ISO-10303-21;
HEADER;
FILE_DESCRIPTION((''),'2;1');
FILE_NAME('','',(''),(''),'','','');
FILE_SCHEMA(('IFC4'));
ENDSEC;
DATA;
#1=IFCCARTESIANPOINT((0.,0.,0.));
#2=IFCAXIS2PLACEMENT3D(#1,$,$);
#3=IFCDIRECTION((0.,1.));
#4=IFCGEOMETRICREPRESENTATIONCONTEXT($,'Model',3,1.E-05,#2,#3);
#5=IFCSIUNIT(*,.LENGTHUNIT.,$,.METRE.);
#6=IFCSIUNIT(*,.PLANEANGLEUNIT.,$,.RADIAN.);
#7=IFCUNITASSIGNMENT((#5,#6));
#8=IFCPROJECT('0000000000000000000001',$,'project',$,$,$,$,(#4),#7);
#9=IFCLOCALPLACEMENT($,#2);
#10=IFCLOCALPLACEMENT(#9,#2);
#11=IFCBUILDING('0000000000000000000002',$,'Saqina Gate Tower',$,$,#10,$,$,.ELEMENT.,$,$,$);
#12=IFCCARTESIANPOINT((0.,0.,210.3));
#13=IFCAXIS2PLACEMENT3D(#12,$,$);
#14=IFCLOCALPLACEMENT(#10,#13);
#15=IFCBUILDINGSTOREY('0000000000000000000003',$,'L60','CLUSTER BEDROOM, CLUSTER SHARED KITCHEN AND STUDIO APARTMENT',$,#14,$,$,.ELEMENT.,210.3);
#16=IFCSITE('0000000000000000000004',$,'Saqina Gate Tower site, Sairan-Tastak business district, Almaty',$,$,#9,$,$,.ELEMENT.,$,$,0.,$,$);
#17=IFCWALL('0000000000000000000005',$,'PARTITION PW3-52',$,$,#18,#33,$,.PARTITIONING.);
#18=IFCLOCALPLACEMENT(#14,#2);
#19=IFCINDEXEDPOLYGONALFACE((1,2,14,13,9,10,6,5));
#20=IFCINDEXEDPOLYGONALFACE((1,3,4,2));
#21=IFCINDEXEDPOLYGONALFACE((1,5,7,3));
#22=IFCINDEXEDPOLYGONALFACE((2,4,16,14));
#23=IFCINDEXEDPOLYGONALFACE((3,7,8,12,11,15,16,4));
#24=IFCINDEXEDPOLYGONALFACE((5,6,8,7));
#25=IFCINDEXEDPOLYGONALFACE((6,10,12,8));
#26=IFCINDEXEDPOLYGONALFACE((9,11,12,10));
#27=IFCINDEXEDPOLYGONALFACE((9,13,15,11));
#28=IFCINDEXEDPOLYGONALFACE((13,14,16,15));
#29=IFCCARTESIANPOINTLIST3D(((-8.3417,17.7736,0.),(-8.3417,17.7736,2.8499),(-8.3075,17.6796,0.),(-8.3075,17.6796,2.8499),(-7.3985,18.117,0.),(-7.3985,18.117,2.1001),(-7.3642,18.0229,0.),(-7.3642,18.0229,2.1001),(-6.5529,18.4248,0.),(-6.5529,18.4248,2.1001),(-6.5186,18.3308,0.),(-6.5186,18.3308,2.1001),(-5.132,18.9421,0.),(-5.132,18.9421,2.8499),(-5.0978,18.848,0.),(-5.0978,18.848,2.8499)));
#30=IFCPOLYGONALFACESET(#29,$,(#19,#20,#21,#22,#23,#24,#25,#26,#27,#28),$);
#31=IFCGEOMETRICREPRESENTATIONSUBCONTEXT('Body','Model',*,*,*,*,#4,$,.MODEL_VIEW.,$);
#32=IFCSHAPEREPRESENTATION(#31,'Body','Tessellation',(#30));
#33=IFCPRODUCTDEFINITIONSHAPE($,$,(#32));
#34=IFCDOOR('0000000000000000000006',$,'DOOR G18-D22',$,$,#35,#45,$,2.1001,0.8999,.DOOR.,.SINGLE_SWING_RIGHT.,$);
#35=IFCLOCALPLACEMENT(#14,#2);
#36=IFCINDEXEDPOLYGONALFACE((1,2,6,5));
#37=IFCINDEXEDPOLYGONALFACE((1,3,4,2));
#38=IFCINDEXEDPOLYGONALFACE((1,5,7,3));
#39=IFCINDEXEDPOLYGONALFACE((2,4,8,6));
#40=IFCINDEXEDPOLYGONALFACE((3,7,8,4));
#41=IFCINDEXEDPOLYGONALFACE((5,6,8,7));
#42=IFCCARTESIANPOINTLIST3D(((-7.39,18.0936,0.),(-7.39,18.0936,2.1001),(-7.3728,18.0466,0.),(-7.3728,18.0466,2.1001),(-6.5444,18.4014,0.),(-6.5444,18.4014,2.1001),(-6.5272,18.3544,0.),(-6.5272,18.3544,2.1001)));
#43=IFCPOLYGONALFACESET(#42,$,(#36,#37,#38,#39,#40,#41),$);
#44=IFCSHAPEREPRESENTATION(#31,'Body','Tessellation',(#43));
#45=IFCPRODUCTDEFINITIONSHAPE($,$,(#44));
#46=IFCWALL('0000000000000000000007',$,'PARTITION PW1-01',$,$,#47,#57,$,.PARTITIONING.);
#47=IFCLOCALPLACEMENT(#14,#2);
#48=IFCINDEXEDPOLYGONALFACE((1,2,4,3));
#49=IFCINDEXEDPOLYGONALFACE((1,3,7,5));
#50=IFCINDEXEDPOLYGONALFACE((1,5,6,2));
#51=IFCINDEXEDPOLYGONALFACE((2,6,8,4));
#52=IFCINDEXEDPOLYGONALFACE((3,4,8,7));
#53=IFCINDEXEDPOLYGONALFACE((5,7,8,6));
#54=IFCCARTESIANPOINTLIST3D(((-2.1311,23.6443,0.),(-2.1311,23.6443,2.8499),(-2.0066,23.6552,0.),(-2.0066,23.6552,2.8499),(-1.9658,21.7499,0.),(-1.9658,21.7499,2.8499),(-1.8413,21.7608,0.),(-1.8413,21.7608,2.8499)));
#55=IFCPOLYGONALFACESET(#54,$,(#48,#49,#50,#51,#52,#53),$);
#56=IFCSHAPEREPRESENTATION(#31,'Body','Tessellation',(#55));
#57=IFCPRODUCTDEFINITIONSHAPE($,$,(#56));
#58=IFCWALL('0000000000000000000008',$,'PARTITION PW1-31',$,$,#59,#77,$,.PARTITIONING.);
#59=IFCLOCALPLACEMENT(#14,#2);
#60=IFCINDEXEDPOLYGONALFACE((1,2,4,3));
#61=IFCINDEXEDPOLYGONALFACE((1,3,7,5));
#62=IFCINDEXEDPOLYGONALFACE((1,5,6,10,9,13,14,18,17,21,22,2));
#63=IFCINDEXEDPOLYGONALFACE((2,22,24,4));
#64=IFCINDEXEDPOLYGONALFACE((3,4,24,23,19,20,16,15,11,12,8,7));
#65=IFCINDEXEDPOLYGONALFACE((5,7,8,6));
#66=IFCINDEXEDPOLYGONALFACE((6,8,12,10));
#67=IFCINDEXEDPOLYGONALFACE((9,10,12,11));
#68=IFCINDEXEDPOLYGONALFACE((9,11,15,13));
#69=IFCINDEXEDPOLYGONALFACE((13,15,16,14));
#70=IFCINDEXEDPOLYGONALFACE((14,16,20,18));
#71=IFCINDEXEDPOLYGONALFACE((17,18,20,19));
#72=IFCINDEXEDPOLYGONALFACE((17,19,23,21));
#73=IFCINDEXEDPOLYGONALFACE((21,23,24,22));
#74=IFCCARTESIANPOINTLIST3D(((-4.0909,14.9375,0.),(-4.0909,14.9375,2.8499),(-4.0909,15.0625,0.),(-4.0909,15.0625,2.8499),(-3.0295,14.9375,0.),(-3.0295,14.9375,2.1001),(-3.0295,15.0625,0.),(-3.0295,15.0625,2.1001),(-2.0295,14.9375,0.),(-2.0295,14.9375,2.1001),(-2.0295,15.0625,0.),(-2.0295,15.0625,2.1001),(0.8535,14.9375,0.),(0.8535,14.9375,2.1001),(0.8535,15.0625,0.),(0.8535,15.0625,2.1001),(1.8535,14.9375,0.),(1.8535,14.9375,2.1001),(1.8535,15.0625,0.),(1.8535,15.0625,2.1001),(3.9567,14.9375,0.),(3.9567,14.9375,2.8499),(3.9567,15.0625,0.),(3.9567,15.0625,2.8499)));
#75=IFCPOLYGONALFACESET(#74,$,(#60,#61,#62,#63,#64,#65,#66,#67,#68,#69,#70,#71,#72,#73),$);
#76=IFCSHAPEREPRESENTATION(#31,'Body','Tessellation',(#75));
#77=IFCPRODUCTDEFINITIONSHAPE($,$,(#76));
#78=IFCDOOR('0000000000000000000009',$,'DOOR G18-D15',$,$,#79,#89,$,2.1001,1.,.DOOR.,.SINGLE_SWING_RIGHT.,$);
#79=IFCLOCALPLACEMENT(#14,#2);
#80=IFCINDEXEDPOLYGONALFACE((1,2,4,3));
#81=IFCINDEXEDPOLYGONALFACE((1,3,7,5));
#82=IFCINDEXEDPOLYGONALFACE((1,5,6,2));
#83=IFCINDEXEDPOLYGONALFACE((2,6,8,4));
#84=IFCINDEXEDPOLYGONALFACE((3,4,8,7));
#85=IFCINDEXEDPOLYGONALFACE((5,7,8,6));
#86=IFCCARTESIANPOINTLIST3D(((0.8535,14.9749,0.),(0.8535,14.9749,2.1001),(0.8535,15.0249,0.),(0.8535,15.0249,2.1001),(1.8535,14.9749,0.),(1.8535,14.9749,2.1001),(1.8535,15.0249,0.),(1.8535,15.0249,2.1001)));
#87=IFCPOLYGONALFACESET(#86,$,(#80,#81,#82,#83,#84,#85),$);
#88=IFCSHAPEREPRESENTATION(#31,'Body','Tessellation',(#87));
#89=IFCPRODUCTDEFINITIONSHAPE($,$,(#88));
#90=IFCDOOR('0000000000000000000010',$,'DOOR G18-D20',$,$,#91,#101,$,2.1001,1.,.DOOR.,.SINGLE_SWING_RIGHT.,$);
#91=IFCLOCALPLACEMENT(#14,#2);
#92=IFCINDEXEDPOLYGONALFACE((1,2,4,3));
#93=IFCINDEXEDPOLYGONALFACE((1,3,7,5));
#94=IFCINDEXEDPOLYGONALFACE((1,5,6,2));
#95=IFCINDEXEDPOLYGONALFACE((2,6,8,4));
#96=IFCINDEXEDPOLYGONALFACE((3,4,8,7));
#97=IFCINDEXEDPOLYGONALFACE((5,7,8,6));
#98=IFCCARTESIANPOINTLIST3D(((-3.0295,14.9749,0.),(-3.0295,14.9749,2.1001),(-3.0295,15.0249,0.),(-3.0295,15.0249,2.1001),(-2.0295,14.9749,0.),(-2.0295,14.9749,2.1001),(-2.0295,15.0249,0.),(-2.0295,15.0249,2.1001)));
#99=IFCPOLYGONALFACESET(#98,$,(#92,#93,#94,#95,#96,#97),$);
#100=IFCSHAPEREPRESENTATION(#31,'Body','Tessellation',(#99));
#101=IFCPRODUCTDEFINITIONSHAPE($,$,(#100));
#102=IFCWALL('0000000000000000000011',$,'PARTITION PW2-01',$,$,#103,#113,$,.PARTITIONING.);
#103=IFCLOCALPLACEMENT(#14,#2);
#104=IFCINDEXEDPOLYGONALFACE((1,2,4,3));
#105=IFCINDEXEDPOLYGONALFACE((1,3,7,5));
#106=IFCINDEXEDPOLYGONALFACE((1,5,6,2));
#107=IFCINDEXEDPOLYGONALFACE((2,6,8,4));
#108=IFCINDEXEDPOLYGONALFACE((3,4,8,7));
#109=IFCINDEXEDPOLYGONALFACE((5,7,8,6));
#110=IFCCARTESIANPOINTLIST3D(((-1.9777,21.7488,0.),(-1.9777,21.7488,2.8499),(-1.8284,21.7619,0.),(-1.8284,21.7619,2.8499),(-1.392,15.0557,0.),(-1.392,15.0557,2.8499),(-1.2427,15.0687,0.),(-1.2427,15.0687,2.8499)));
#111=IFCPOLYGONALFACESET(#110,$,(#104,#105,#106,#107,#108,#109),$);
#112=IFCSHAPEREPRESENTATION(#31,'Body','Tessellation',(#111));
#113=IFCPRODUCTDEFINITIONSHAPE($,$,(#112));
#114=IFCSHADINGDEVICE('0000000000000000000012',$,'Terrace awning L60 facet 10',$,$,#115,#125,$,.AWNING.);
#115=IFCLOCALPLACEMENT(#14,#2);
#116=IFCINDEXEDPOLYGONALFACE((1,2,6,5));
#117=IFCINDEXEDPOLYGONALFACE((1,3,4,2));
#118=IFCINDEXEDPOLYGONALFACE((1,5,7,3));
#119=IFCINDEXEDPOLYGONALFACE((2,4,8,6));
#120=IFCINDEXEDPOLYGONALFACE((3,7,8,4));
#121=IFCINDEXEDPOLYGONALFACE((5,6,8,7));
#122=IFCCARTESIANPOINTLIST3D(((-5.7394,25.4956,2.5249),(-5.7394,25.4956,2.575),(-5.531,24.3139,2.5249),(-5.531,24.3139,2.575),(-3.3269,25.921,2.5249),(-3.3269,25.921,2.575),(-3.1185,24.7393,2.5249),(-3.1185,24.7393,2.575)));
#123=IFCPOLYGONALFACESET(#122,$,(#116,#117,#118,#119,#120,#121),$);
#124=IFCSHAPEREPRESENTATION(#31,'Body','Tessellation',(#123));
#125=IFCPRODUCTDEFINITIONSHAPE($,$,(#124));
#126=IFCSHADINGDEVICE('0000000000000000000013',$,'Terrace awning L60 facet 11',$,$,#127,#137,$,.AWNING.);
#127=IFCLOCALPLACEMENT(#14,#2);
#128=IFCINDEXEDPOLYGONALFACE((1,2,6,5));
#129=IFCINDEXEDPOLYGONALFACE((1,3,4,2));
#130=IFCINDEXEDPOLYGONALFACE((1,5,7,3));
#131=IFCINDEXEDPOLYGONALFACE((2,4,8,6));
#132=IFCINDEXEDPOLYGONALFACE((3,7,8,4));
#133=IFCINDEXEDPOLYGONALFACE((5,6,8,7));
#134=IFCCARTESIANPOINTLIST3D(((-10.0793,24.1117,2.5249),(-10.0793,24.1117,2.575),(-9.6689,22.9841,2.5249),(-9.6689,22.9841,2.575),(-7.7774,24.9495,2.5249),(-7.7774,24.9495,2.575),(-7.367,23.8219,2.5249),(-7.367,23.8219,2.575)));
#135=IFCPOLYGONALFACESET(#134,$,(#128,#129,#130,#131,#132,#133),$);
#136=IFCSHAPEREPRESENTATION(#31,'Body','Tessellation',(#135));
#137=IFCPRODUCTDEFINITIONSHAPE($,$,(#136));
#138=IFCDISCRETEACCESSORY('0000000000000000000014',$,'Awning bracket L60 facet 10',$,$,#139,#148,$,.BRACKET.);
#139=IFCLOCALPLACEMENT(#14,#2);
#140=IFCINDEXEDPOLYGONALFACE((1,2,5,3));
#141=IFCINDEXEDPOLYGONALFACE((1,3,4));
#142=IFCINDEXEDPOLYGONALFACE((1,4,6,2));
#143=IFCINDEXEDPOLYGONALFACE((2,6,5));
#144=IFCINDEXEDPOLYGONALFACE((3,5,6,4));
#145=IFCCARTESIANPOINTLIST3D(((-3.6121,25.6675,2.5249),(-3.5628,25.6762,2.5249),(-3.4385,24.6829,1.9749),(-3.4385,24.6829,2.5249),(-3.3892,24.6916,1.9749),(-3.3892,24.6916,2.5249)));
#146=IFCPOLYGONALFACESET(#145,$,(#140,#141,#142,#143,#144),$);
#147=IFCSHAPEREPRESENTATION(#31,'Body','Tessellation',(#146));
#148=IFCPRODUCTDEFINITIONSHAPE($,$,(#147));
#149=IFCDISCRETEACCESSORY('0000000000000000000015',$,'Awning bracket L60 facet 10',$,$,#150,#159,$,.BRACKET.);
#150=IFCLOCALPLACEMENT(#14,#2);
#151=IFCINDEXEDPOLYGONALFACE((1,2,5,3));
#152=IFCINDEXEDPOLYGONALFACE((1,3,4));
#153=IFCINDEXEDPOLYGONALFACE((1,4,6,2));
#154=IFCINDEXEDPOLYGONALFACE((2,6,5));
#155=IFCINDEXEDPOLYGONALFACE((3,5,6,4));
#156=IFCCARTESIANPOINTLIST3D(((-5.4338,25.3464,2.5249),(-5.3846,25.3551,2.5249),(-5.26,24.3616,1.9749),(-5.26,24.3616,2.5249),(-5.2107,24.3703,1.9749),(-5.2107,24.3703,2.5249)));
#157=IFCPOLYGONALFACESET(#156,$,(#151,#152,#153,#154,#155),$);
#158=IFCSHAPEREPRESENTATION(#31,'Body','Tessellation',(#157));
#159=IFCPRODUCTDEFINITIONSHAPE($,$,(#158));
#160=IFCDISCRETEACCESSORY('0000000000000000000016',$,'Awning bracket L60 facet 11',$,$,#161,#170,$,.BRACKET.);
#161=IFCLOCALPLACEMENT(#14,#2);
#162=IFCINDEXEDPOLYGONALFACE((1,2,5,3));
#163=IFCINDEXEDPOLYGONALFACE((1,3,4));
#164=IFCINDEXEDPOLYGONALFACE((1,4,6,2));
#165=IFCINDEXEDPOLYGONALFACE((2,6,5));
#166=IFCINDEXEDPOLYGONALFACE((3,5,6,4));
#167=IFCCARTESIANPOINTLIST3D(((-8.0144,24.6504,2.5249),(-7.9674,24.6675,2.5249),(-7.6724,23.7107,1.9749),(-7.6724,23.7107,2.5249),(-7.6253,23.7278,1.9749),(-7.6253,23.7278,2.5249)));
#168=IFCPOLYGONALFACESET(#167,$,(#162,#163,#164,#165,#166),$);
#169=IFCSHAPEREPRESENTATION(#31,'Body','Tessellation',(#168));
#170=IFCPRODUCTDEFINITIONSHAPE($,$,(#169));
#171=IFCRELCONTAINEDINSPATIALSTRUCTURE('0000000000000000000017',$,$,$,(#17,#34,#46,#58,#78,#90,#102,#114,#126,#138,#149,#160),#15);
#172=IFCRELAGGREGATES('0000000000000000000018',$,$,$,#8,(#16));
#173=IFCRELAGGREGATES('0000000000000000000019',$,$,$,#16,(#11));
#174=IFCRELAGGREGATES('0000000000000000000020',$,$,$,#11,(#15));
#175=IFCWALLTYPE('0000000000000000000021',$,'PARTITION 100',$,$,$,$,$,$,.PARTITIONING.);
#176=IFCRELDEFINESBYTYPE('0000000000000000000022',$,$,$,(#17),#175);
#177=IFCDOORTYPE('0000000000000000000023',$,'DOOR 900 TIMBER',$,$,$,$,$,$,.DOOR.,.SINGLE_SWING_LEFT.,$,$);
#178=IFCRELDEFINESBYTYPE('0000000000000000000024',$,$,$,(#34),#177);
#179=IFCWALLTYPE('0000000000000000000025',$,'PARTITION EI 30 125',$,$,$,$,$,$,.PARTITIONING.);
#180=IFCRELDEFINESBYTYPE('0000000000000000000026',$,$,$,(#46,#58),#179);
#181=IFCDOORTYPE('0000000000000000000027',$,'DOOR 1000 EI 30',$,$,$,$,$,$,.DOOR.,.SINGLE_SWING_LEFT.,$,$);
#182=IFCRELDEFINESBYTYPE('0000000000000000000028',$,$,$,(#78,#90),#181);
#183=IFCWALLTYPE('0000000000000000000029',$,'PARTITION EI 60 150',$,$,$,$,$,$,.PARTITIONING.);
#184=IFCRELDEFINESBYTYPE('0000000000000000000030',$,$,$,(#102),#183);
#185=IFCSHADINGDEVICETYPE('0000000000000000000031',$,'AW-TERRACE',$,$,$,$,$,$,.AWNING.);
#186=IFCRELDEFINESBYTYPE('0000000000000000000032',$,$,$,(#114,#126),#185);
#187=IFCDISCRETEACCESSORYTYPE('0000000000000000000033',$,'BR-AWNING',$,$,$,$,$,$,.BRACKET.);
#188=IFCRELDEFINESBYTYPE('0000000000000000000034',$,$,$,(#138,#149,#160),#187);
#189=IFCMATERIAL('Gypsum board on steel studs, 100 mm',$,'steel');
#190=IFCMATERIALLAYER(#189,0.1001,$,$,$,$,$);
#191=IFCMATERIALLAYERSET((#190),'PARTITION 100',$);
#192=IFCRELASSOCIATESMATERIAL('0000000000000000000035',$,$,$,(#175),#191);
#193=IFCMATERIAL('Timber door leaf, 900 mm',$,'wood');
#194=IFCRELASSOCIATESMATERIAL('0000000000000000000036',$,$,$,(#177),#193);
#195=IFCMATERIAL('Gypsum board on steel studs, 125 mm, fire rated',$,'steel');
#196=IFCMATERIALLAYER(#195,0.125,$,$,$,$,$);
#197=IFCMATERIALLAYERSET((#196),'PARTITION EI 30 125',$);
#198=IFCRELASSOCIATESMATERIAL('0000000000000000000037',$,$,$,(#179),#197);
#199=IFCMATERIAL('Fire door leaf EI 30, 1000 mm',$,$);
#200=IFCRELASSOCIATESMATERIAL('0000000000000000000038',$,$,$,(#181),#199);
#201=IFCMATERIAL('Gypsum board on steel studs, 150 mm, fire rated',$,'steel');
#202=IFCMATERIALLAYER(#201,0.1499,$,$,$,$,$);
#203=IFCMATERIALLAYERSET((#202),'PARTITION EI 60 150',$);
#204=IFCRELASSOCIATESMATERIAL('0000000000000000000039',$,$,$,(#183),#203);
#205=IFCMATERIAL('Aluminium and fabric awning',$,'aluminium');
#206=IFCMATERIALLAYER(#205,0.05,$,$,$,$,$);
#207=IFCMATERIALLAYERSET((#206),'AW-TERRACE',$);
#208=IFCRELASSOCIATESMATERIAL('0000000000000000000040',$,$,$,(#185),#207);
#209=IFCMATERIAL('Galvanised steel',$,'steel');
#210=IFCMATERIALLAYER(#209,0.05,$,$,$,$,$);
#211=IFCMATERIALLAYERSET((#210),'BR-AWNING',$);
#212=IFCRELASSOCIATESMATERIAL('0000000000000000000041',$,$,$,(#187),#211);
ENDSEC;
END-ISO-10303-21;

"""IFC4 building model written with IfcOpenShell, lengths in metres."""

from ifc_helpers import new_model, si_unit, direction, frame, frame_2d, origin, origin_2d, place, context, subcontext, project, spatial, polyline, rectangle, outline, extrude, material, layer, layer_set, type_object, element, fill, save


model = new_model("IFC4")

# Units and contexts
model_context = context("Model", 3, precision=1e-05, world=origin(), true_north=direction((0.0, 1.0)))
body_context = subcontext(model_context, "Body", "Model", "MODEL_VIEW")
ifc_project = project(units=[si_unit("LENGTHUNIT", "METRE"), si_unit("PLANEANGLEUNIT", "RADIAN")], contexts=[model_context])

# Site, building, storey
site_placement = place(None, origin())
site = spatial("IfcSite", under=ifc_project, at=site_placement, Name="Saqina Gate Tower site, Sairan-Tastak business district, Almaty", CompositionType="ELEMENT", RefElevation=0.0)
building_placement = place(site_placement, origin())
building = spatial("IfcBuilding", under=site, at=building_placement, Name="Saqina Gate Tower", CompositionType="ELEMENT")
storey_placement = place(building_placement, frame((0.0, 0.0, 210.3)))
storey = spatial("IfcBuildingStorey", under=building, at=storey_placement, Name="L60", Description="CLUSTER BEDROOM, CLUSTER SHARED KITCHEN AND STUDIO APARTMENT", CompositionType="ELEMENT", Elevation=210.3)

# Shared definitions
ifc_material_1 = material(Name="Gypsum board on steel studs, 100 mm", Category="steel")
ifc_layer_1 = layer(ifc_material_1, 0.1001)
ifc_layer_set_1 = layer_set([ifc_layer_1], Name="PARTITION 100")
wall_type_1 = type_object("IfcWallType", Name="PARTITION 100", PredefinedType="PARTITIONING", material=ifc_layer_set_1)

# Wall, opening, door
wall_1_placement = place(storey_placement, frame((-8.3247, 17.7266, 0.0), z_axis=(0.0, 0.0, 1.0), x_axis=(0.939672, 0.342076, 0.0)))
wall_1 = element("IfcWall", 1, at=wall_1_placement, inside=storey, type_object=wall_type_1, Name="PARTITION PW3-52", PredefinedType="PARTITIONING", context=body_context, shape_type="SweptSolid", body=[
    extrude(rectangle(XDim=3.4158, YDim=0.1001, at=frame_2d((1.708, 0.0))), origin(), (0.0, 0.0, 1.0), 2.8499),
])
opening_1_placement = place(wall_1_placement, frame((1.0039, 0.0, 0.0)))
opening_1 = element("IfcOpeningElement", 2, at=opening_1_placement, cuts=wall_1, PredefinedType="OPENING", context=body_context, shape_type="SweptSolid", body=[
    extrude(rectangle(XDim=0.8999, YDim=2.1001, at=frame_2d((0.45, 1.05))), frame((0.0, 0.062, 0.0), z_axis=(0.0, -1.0, 0.0), x_axis=(1.0, 0.0, 0.0)), (0.0, 0.0, 1.0), 0.124),
])
ifc_material_2 = material(Name="Timber door leaf, 900 mm", Category="wood")
door_type_1 = type_object("IfcDoorType", Name="DOOR 900 TIMBER", OperationType="SINGLE_SWING_LEFT", PredefinedType="DOOR", material=ifc_material_2)
door_1_placement = place(opening_1_placement, frame((0.8999, 0.0, 0.0), z_axis=(0.0, 0.0, 1.0), x_axis=(-1.0, 0.0, 0.0)))
door_1 = element("IfcDoor", 3, at=door_1_placement, inside=storey, type_object=door_type_1, Name="DOOR G18-D22", OperationType="SINGLE_SWING_RIGHT", OverallHeight=2.1001, OverallWidth=0.8999, PredefinedType="DOOR", context=body_context, shape_type="SweptSolid", body=[
    extrude(rectangle(XDim=0.8999, YDim=2.1001, at=frame_2d((0.45, 1.05))), frame((0.0, 0.0249, 0.0), z_axis=(0.0, -1.0, 0.0), x_axis=(1.0, 0.0, 0.0)), (0.0, 0.0, 1.0), 0.05),
])
fill(opening_1, door_1)

# Wall
ifc_material_3 = material(Name="Gypsum board on steel studs, 125 mm, fire rated", Category="steel")
ifc_layer_2 = layer(ifc_material_3, 0.125)
ifc_layer_set_2 = layer_set([ifc_layer_2], Name="PARTITION EI 30 125")
wall_type_2 = type_object("IfcWallType", Name="PARTITION EI 30 125", PredefinedType="PARTITIONING", material=ifc_layer_set_2)
wall_2_placement = place(storey_placement, frame((-2.0688, 23.6497, 0.0), z_axis=(0.0, 0.0, 1.0), x_axis=(0.086912, -0.996216, 0.0)))
element("IfcWall", 4, at=wall_2_placement, inside=storey, type_object=wall_type_2, Name="PARTITION PW1-01", PredefinedType="PARTITIONING", context=body_context, shape_type="SweptSolid", body=[
    extrude(rectangle(XDim=1.9016, YDim=0.125, at=frame_2d((0.9507, 0.0))), origin(), (0.0, 0.0, 1.0), 2.8499),
])

# Wall, openings, doors
wall_3_placement = place(storey_placement, frame((-4.0911, 15.0, 0.0), z_axis=(0.0, 0.0, 1.0), x_axis=(1.0, 0.0, 0.0)))
wall_3 = element("IfcWall", 5, at=wall_3_placement, inside=storey, type_object=wall_type_2, Name="PARTITION PW1-31", PredefinedType="PARTITIONING", context=body_context, shape_type="SweptSolid", body=[
    extrude(rectangle(XDim=8.0476, YDim=0.125, at=frame_2d((4.0239, 0.0))), origin(), (0.0, 0.0, 1.0), 2.8499),
])
opening_2_placement = place(wall_3_placement, frame((4.9446, 0.0, 0.0)))
opening_2 = element("IfcOpeningElement", 6, at=opening_2_placement, cuts=wall_3, PredefinedType="OPENING", context=body_context, shape_type="SweptSolid", body=[
    extrude(rectangle(XDim=1.0, YDim=2.1001, at=frame_2d((0.5, 1.05))), frame((0.0, 0.0745, 0.0), z_axis=(0.0, -1.0, 0.0), x_axis=(1.0, 0.0, 0.0)), (0.0, 0.0, 1.0), 0.1489),
])
opening_3_placement = place(wall_3_placement, frame((1.0615, 0.0, 0.0)))
opening_3 = element("IfcOpeningElement", 7, at=opening_3_placement, cuts=wall_3, PredefinedType="OPENING", context=body_context, shape_type="SweptSolid", body=[
    extrude(rectangle(XDim=1.0, YDim=2.1001, at=frame_2d((0.5, 1.05))), frame((0.0, 0.0745, 0.0), z_axis=(0.0, -1.0, 0.0), x_axis=(1.0, 0.0, 0.0)), (0.0, 0.0, 1.0), 0.1489),
])
ifc_material_4 = material(Name="Fire door leaf EI 30, 1000 mm")
door_type_2 = type_object("IfcDoorType", Name="DOOR 1000 EI 30", OperationType="SINGLE_SWING_LEFT", PredefinedType="DOOR", material=ifc_material_4)
door_2_placement = place(opening_2_placement, origin())
door_2 = element("IfcDoor", 8, at=door_2_placement, inside=storey, type_object=door_type_2, Name="DOOR G18-D15", OperationType="SINGLE_SWING_RIGHT", OverallHeight=2.1001, OverallWidth=1.0, PredefinedType="DOOR", context=body_context, shape_type="SweptSolid", body=[
    extrude(rectangle(XDim=1.0, YDim=2.1001, at=frame_2d((0.5, 1.05))), frame((0.0, 0.0249, 0.0), z_axis=(0.0, -1.0, 0.0), x_axis=(1.0, 0.0, 0.0)), (0.0, 0.0, 1.0), 0.05),
])
fill(opening_2, door_2)
door_3_placement = place(opening_3_placement, origin())
door_3 = element("IfcDoor", 9, at=door_3_placement, inside=storey, type_object=door_type_2, Name="DOOR G18-D20", OperationType="SINGLE_SWING_RIGHT", OverallHeight=2.1001, OverallWidth=1.0, PredefinedType="DOOR", context=body_context, shape_type="SweptSolid", body=[
    extrude(rectangle(XDim=1.0, YDim=2.1001, at=frame_2d((0.5, 1.05))), frame((0.0, 0.0249, 0.0), z_axis=(0.0, -1.0, 0.0), x_axis=(1.0, 0.0, 0.0)), (0.0, 0.0, 1.0), 0.05),
])
fill(opening_3, door_3)

# Wall
ifc_material_5 = material(Name="Gypsum board on steel studs, 150 mm, fire rated", Category="steel")
ifc_layer_3 = layer(ifc_material_5, 0.1499)
ifc_layer_set_3 = layer_set([ifc_layer_3], Name="PARTITION EI 60 150")
wall_type_3 = type_object("IfcWallType", Name="PARTITION EI 60 150", PredefinedType="PARTITIONING", material=ifc_layer_set_3)
wall_4_placement = place(storey_placement, frame((-1.9031, 21.7554, 0.0), z_axis=(0.0, 0.0, 1.0), x_axis=(0.087174, -0.996193, 0.0)))
element("IfcWall", 10, at=wall_4_placement, inside=storey, type_object=wall_type_3, Name="PARTITION PW2-01", PredefinedType="PARTITIONING", context=body_context, shape_type="SweptSolid", body=[
    extrude(rectangle(XDim=6.7188, YDim=0.1499, at=frame_2d((3.3594, 0.0))), origin(), (0.0, 0.0, 1.0), 2.8499),
])

# Shading devices
ifc_material_6 = material(Name="Aluminium and fabric awning", Category="aluminium")
ifc_layer_4 = layer(ifc_material_6, 0.05)
ifc_layer_set_4 = layer_set([ifc_layer_4], Name="AW-TERRACE")
shading_device_type = type_object("IfcShadingDeviceType", Name="AW-TERRACE", PredefinedType="AWNING", material=ifc_layer_set_4)
for number, where, z_axis, x_axis, name in (
    (11, (-4.429, 25.1174, 2.5249), (0.0, 0.0, 1.0), (-0.984808, -0.173648, 0.0), "Terrace awning L60 facet 10"),
    (12, (-8.7231, 23.9668, 2.5249), (0.0, 0.0, 1.0), (-0.939693, -0.34202, 0.0), "Terrace awning L60 facet 11"),
):
    element("IfcShadingDevice", number, at=place(storey_placement, frame(where, z_axis=z_axis, x_axis=x_axis)), inside=storey, type_object=shading_device_type, Name=name, PredefinedType="AWNING", context=body_context, shape_type="SweptSolid", body=[
        extrude(rectangle(XDim=2.4497, YDim=1.2, at=origin_2d()), origin(), (0.0, 0.0, 1.0), 0.05),
    ])

# Discrete accessories
ifc_material_7 = material(Name="Galvanised steel", Category="steel")
ifc_layer_5 = layer(ifc_material_7, 0.05)
ifc_layer_set_5 = layer_set([ifc_layer_5], Name="BR-AWNING")
discrete_accessory_type_1 = type_object("IfcDiscreteAccessoryType", Name="BR-AWNING", PredefinedType="BRACKET", material=ifc_layer_set_5)
discrete_accessory_1_placement = place(storey_placement, frame((-3.4385, 24.6829, 1.9749), z_axis=(-0.984813, -0.173618, 0.0), x_axis=(0.0, 0.0, 1.0)))
element("IfcDiscreteAccessory", 13, at=discrete_accessory_1_placement, inside=storey, type_object=discrete_accessory_type_1, Name="Awning bracket L60 facet 10", PredefinedType="BRACKET", context=body_context, shape_type="SweptSolid", body=[
    extrude(outline(polyline([(0.0, 0.0), (0.55, 0.0), (0.55, 0.9998), (0.0, 0.0)])), origin(), (0.0, 0.0, -1.0), 0.05),
])
discrete_accessory_2_placement = place(storey_placement, frame((-5.26, 24.3616, 1.9749), z_axis=(-0.984779, -0.173813, 0.0), x_axis=(0.0, 0.0, 1.0)))
element("IfcDiscreteAccessory", 14, at=discrete_accessory_2_placement, inside=storey, type_object=discrete_accessory_type_1, Name="Awning bracket L60 facet 10", PredefinedType="BRACKET", context=body_context, shape_type="SweptSolid", body=[
    extrude(outline(polyline([(0.0, 0.0), (0.55, 0.0), (0.55, 1.0001), (0.0, 0.0)])), origin(), (0.0, 0.0, -1.0), 0.05),
])
discrete_accessory_3_placement = place(storey_placement, frame((-7.6724, 23.7107, 1.9749), z_axis=(-0.939686, -0.342037, 0.0), x_axis=(0.0, 0.0, 1.0)))
element("IfcDiscreteAccessory", 15, at=discrete_accessory_3_placement, inside=storey, type_object=discrete_accessory_type_1, Name="Awning bracket L60 facet 11", PredefinedType="BRACKET", context=body_context, shape_type="SweptSolid", body=[
    extrude(outline(polyline([(0.0, 0.0), (0.55, 0.0), (0.55, 1.0), (0.0, 0.0)])), origin(), (0.0, 0.0, -1.0), 0.05),
])

save(model, "model.ifc")
